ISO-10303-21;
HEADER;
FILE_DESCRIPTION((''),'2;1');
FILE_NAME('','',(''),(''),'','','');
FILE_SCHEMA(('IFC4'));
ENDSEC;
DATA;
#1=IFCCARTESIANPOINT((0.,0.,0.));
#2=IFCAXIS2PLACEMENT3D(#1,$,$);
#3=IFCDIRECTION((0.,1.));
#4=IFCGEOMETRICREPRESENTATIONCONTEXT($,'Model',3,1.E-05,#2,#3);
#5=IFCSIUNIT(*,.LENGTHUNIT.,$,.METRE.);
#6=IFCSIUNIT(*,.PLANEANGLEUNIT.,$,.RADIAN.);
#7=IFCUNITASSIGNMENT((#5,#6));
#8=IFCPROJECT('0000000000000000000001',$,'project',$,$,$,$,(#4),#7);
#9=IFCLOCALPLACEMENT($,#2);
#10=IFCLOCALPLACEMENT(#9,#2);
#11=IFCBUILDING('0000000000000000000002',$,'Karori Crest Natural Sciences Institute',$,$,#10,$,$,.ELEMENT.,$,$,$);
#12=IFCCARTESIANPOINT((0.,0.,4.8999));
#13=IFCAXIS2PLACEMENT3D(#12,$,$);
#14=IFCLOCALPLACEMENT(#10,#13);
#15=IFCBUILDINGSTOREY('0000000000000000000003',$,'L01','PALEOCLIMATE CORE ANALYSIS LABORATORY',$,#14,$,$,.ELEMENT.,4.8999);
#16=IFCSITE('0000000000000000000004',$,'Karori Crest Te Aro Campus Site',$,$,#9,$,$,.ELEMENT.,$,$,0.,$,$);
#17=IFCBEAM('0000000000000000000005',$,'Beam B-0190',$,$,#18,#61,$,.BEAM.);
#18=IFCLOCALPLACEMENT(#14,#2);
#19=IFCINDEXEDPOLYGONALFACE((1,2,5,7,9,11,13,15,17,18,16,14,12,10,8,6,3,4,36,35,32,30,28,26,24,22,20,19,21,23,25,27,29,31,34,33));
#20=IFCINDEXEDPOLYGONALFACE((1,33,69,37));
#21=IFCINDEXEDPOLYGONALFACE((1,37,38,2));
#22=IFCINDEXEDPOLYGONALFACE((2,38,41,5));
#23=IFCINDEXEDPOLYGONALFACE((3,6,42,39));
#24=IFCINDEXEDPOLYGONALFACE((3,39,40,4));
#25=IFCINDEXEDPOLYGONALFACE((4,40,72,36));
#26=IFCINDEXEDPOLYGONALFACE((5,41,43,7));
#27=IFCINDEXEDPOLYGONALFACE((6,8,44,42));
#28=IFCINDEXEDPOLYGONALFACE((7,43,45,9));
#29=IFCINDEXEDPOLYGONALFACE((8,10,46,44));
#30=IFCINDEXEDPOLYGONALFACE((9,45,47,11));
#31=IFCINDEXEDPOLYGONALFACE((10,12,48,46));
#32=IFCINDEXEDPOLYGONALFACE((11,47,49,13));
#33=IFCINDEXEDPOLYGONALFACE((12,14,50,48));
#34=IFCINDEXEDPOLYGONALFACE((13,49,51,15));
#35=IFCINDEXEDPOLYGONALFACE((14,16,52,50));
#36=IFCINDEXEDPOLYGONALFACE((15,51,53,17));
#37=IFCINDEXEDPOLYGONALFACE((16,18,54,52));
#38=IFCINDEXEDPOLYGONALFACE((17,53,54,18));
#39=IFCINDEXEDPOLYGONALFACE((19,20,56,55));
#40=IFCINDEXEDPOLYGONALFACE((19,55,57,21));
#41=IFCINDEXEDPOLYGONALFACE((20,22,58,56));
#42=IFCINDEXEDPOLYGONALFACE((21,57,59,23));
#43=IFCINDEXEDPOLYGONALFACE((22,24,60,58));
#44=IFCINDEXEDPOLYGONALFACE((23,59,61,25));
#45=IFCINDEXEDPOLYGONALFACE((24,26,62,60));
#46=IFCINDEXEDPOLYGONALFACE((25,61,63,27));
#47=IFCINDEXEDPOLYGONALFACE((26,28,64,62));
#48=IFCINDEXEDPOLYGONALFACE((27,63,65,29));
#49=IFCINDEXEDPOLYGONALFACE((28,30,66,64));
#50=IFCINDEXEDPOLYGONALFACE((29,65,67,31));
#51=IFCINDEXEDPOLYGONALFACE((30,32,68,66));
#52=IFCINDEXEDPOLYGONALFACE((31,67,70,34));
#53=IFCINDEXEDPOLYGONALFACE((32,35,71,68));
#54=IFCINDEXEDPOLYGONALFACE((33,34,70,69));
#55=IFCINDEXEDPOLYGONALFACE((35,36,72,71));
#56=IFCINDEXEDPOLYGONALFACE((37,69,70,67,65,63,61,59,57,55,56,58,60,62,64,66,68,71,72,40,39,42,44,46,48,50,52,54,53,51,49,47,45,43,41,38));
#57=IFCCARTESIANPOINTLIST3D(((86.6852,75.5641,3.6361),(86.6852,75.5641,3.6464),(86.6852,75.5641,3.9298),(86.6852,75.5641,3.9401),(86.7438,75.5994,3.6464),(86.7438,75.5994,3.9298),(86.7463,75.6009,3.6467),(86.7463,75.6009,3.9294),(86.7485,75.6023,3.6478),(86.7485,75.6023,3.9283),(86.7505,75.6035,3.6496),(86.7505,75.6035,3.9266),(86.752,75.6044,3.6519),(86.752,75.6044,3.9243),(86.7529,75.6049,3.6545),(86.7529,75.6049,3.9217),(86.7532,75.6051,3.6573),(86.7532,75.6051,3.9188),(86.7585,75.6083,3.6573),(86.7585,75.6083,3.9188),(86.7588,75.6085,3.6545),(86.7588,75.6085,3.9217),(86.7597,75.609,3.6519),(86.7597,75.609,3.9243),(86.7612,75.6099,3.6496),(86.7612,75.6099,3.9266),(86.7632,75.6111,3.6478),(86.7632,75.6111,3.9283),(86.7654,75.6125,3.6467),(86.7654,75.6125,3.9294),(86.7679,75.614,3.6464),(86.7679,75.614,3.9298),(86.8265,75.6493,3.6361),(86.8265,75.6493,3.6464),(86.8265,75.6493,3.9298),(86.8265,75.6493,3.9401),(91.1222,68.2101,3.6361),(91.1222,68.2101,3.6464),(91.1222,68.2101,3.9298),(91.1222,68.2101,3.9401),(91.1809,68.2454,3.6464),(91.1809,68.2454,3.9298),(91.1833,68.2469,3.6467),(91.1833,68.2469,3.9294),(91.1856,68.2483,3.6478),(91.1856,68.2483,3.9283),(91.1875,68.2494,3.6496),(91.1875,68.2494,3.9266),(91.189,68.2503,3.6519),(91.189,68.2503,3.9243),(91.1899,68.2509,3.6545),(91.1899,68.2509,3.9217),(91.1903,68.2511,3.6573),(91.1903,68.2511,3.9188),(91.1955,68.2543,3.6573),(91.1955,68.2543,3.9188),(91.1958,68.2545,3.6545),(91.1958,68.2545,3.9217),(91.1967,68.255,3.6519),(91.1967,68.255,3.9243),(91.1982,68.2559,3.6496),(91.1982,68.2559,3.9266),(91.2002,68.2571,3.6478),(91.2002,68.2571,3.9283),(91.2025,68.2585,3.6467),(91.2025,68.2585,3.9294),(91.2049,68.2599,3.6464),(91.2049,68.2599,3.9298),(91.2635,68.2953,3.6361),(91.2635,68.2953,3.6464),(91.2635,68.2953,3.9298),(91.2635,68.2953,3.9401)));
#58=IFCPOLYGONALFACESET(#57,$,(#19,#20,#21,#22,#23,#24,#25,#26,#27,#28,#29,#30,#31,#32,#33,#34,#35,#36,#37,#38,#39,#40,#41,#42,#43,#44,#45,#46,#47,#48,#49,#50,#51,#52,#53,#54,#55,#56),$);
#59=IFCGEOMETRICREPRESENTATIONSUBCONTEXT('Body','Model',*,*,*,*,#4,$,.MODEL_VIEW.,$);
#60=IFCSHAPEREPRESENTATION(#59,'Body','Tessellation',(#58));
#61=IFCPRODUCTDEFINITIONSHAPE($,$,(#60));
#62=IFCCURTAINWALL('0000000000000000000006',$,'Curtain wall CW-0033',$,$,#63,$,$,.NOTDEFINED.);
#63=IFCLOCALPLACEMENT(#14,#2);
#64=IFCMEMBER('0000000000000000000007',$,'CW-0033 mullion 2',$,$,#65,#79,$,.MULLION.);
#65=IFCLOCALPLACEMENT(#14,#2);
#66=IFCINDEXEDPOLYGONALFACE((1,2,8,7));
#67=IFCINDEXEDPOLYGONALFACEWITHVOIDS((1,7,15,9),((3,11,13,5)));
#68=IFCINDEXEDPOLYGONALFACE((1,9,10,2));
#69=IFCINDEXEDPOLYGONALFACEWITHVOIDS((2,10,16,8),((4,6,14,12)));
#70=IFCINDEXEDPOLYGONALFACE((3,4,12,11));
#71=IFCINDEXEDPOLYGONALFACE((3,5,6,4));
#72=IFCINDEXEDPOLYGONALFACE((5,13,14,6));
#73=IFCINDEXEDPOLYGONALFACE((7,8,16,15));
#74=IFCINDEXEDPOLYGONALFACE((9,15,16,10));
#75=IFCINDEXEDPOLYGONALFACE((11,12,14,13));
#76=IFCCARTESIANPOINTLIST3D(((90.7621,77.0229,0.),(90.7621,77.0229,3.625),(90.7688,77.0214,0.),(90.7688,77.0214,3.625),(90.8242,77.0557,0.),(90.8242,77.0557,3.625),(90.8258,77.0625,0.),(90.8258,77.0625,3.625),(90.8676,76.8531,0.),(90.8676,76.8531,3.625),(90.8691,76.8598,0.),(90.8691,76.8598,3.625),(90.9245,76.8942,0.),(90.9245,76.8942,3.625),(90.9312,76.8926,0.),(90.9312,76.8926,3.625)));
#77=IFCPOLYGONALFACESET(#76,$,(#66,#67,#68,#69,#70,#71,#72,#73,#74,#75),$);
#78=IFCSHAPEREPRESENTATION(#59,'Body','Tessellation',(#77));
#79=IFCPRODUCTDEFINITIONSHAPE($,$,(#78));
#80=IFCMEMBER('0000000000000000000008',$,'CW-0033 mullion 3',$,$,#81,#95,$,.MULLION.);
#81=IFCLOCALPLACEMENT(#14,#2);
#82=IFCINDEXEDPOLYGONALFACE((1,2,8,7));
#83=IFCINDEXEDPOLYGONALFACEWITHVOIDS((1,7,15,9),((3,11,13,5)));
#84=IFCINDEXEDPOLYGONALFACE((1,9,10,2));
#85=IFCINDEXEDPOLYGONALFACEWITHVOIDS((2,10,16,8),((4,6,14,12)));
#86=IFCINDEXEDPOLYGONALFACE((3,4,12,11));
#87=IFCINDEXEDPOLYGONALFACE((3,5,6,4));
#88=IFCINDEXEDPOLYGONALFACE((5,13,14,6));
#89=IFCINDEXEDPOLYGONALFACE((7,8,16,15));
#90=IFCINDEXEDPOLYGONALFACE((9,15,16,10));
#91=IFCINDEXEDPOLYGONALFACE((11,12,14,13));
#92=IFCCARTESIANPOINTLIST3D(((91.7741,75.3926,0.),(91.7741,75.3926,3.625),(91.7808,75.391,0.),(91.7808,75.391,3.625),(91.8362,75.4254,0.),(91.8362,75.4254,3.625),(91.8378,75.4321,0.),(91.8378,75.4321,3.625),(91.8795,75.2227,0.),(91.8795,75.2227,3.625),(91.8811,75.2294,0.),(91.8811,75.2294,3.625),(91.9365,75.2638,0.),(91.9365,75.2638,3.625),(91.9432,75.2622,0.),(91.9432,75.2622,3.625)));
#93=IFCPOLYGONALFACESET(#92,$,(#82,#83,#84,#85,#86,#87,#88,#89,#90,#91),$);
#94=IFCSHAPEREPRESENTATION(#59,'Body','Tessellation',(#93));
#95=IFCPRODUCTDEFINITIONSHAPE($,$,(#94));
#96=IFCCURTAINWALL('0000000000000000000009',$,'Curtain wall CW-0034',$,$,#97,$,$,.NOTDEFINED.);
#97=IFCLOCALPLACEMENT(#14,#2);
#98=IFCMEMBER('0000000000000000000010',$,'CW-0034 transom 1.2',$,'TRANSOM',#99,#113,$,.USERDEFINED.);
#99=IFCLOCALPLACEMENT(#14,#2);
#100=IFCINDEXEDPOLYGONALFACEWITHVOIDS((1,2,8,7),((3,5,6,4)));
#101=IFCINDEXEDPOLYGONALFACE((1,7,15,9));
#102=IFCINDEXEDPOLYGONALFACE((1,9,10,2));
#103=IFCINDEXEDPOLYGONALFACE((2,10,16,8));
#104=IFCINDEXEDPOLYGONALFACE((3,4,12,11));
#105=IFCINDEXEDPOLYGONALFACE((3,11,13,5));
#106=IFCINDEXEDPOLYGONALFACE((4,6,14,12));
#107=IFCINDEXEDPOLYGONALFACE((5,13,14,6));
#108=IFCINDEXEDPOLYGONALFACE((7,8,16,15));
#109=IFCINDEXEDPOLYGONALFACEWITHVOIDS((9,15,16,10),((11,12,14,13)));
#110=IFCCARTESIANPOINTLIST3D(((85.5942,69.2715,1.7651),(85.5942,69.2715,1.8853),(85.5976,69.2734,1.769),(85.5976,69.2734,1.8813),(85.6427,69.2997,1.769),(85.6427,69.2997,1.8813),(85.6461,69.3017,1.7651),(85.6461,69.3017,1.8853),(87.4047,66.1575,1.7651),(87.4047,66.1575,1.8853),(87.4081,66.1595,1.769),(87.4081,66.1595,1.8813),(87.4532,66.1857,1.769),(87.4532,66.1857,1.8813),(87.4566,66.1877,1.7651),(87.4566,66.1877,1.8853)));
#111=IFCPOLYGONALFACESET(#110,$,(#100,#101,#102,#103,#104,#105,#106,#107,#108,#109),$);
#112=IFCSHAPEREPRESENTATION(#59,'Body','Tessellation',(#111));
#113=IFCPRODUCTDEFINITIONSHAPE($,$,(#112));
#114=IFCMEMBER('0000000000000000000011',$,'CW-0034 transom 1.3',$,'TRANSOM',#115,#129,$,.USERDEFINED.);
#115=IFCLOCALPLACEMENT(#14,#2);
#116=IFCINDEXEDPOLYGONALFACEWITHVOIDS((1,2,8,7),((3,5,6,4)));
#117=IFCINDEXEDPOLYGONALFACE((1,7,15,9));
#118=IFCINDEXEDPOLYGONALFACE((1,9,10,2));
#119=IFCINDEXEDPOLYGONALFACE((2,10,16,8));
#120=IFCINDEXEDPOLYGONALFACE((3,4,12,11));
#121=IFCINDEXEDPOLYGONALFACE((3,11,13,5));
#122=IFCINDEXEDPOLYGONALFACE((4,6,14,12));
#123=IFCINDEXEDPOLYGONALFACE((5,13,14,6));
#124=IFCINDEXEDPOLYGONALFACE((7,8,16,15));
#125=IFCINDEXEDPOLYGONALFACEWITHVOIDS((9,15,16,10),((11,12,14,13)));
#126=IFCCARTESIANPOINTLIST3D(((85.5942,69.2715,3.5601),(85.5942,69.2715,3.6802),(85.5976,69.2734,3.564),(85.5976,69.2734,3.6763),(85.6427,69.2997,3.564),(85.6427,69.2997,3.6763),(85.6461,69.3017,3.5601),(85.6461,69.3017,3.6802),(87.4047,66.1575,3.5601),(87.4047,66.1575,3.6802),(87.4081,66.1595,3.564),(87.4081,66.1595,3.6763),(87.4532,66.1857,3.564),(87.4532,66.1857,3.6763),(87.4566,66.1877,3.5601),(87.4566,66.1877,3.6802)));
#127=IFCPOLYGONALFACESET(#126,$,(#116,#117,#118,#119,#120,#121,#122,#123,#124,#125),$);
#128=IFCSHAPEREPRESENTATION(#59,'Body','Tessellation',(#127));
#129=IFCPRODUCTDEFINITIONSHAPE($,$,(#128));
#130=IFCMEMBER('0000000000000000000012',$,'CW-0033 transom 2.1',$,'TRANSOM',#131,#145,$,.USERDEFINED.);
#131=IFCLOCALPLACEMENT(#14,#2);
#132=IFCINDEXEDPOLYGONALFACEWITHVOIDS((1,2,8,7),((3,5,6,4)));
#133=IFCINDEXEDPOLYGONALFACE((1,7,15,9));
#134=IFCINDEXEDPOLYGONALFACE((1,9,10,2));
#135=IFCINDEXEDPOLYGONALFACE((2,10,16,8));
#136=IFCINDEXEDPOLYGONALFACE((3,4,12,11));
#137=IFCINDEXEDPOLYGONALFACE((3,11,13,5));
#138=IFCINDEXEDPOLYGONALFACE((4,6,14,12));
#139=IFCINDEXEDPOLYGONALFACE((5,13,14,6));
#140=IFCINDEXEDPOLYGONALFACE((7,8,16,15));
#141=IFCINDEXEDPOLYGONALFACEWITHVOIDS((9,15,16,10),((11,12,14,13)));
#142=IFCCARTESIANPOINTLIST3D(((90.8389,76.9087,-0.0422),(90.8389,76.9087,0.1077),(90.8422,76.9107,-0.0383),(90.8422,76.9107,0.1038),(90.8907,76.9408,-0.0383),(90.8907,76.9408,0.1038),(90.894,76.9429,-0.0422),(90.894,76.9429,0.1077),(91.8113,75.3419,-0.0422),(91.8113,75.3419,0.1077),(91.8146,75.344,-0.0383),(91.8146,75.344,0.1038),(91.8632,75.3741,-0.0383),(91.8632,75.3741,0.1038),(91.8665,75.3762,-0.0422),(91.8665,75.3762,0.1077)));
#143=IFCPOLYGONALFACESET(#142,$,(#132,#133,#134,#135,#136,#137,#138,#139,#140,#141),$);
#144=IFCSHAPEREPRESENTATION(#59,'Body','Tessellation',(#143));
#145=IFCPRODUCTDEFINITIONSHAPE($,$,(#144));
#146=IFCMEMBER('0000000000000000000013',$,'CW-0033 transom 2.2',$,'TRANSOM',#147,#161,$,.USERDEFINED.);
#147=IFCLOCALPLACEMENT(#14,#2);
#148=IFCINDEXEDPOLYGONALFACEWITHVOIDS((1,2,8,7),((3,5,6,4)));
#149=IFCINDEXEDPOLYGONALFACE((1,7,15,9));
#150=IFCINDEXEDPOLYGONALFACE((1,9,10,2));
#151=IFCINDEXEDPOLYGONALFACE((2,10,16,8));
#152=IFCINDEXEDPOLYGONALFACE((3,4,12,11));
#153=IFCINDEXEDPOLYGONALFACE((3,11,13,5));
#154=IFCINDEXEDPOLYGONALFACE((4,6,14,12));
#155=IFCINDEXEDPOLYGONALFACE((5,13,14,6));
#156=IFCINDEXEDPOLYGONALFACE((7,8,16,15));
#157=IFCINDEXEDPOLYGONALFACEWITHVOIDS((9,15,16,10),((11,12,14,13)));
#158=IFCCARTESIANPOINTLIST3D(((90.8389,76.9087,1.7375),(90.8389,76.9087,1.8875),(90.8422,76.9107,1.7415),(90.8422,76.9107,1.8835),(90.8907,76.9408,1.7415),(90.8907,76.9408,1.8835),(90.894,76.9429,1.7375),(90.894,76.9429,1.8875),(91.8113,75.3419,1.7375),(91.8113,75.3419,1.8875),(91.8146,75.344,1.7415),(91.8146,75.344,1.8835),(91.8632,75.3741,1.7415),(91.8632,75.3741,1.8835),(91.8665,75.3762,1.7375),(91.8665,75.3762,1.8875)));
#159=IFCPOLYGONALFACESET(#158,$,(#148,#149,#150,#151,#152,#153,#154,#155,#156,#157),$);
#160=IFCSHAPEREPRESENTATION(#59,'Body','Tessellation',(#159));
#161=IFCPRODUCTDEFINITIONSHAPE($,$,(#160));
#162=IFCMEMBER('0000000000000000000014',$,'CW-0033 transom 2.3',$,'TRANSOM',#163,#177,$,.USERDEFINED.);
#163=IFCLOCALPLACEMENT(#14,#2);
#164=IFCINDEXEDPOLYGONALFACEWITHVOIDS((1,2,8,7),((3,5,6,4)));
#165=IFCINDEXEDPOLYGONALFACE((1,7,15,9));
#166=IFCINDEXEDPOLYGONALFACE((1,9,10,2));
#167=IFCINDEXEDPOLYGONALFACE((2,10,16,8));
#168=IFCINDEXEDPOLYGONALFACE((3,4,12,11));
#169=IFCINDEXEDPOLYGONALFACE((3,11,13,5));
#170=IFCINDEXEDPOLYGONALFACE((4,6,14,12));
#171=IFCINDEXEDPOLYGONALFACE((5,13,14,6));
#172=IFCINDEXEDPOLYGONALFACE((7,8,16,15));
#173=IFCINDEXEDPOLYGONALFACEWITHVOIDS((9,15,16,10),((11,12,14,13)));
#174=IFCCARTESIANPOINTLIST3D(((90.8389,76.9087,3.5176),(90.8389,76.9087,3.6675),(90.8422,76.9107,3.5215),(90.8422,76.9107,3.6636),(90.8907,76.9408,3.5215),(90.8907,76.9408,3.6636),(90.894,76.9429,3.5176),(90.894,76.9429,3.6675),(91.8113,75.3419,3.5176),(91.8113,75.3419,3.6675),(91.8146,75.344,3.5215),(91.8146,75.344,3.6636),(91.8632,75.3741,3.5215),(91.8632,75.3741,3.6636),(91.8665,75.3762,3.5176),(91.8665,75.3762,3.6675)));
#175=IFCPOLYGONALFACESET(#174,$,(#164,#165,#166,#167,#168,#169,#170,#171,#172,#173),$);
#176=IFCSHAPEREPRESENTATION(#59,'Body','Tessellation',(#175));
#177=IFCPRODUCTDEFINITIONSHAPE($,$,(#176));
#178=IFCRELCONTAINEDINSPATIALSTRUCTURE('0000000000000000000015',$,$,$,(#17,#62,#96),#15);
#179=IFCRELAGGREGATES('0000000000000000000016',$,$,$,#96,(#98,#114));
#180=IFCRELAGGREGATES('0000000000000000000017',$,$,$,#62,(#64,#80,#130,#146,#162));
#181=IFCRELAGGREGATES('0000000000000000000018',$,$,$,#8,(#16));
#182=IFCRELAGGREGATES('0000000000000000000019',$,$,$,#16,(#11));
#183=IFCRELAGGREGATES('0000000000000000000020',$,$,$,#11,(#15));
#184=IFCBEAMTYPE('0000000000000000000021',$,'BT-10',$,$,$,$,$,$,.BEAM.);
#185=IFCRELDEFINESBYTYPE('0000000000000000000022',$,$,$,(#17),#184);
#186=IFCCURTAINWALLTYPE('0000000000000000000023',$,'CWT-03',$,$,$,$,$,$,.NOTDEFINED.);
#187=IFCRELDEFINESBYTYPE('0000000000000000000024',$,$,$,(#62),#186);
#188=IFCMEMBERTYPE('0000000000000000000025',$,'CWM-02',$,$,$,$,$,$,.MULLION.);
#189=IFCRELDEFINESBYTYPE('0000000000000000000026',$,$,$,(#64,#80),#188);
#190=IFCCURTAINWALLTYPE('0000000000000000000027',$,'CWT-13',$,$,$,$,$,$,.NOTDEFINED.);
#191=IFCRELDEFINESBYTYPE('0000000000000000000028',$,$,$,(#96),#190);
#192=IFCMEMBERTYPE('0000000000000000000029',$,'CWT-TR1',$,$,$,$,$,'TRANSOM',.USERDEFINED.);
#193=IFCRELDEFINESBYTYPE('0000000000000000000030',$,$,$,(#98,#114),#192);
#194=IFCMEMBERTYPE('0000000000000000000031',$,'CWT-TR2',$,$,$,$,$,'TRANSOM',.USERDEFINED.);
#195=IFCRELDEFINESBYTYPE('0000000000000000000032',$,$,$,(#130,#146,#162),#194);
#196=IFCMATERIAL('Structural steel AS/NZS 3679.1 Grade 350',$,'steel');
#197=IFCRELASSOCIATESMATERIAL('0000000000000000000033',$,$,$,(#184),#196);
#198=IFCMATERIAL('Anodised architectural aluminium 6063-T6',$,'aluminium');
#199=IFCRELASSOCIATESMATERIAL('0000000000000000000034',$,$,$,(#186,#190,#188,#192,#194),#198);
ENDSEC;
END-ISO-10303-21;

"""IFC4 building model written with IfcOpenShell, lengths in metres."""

from ifc_helpers import new_model, si_unit, direction, frame, origin, origin_2d, place, context, subcontext, project, spatial, hollow_rectangle, i_section, extrude, material, material_profile, profile_set, type_object, element, aggregate, save


model = new_model("IFC4")

# Units and contexts
model_context = context("Model", 3, precision=1e-05, world=origin(), true_north=direction((0.0, 1.0)))
body_context = subcontext(model_context, "Body", "Model", "MODEL_VIEW")
ifc_project = project(units=[si_unit("LENGTHUNIT", "METRE"), si_unit("PLANEANGLEUNIT", "RADIAN")], contexts=[model_context])

# Site, building, storey
site_placement = place(None, origin())
site = spatial("IfcSite", under=ifc_project, at=site_placement, Name="Karori Crest Te Aro Campus Site", CompositionType="ELEMENT", RefElevation=0.0)
building_placement = place(site_placement, origin())
building = spatial("IfcBuilding", under=site, at=building_placement, Name="Karori Crest Natural Sciences Institute", CompositionType="ELEMENT")
storey_placement = place(building_placement, frame((0.0, 0.0, 4.8999)))
storey = spatial("IfcBuildingStorey", under=building, at=storey_placement, Name="L01", Description="PALEOCLIMATE CORE ANALYSIS LABORATORY", CompositionType="ELEMENT", Elevation=4.8999)

# Beam
ifc_material_1 = material(Name="Structural steel AS/NZS 3679.1 Grade 350", Category="steel")
ifc_material_profile_1 = material_profile(ifc_material_1, i_section(OverallWidth=0.165, OverallDepth=0.304, WebThickness=0.0061, FlangeThickness=0.0103, FilletRadius=0.011, at=origin_2d()), Name="310UB40.4")
ifc_profile_set_1 = profile_set([ifc_material_profile_1], Name="Structural steel AS/NZS 3679.1 Grade 350")
beam_type = type_object("IfcBeamType", Name="BT-10", PredefinedType="BEAM", material=ifc_profile_set_1)
beam_placement = place(storey_placement, frame((91.1929, 68.2527, 3.7881), z_axis=(-0.516601, 0.856226, 0.0), x_axis=(-0.856226, -0.516601, 0.0)))
element("IfcBeam", 1, at=beam_placement, inside=storey, type_object=beam_type, Name="Beam B-0190", PredefinedType="BEAM", context=body_context, shape_type="SweptSolid", body=[
    extrude(i_section(OverallWidth=0.165, OverallDepth=0.304, WebThickness=0.0061, FlangeThickness=0.0103, FilletRadius=0.011, at=origin_2d()), origin(), (0.0, 0.0, 1.0), 8.5889),
])

# Curtain walls, members
ifc_material_2 = material(Name="Anodised architectural aluminium 6063-T6", Category="aluminium")
curtain_wall_type_1 = type_object("IfcCurtainWallType", Name="CWT-03", PredefinedType="NOTDEFINED", material=ifc_material_2)
curtain_wall_1_placement = place(storey_placement, origin())
curtain_wall_1 = element("IfcCurtainWall", 2, at=curtain_wall_1_placement, inside=storey, type_object=curtain_wall_type_1, Name="Curtain wall CW-0033", PredefinedType="NOTDEFINED")
ifc_material_profile_2 = material_profile(ifc_material_2, hollow_rectangle(XDim=0.075, YDim=0.2, WallThickness=0.0049, at=origin_2d()), Name="CWM200x75x5")
ifc_profile_set_2 = profile_set([ifc_material_profile_2], Name="Anodised architectural aluminium 6063-T6")
member_type_1 = type_object("IfcMemberType", Name="CWM-02", PredefinedType="MULLION", material=ifc_profile_set_2)
member_1_placement = place(storey_placement, frame((90.8467, 76.9578, 0.0), z_axis=(0.0, 0.0, 1.0), x_axis=(0.849666, 0.527322, 0.0)))
member_1 = element("IfcMember", 3, at=member_1_placement, type_object=member_type_1, Name="CW-0033 mullion 2", PredefinedType="MULLION", context=body_context, shape_type="SweptSolid", body=[
    extrude(hollow_rectangle(XDim=0.075, YDim=0.2, WallThickness=0.0049, at=origin_2d()), origin(), (0.0, 0.0, 1.0), 3.625),
])
member_2_placement = place(storey_placement, frame((91.8586, 75.3274, 0.0), z_axis=(0.0, 0.0, 1.0), x_axis=(0.849666, 0.527322, 0.0)))
member_2 = element("IfcMember", 4, at=member_2_placement, type_object=member_type_1, Name="CW-0033 mullion 3", PredefinedType="MULLION", context=body_context, shape_type="SweptSolid", body=[
    extrude(hollow_rectangle(XDim=0.075, YDim=0.2, WallThickness=0.0049, at=origin_2d()), origin(), (0.0, 0.0, 1.0), 3.625),
])
curtain_wall_type_2 = type_object("IfcCurtainWallType", Name="CWT-13", PredefinedType="NOTDEFINED", material=ifc_material_2)
curtain_wall_2_placement = place(storey_placement, origin())
curtain_wall_2 = element("IfcCurtainWall", 5, at=curtain_wall_2_placement, inside=storey, type_object=curtain_wall_type_2, Name="Curtain wall CW-0034", PredefinedType="NOTDEFINED")
ifc_material_profile_3 = material_profile(ifc_material_2, hollow_rectangle(XDim=0.0601, YDim=0.1201, WallThickness=0.0039, at=origin_2d()), Name="CWT120x60x4")
ifc_profile_set_3 = profile_set([ifc_material_profile_3], Name="Anodised architectural aluminium 6063-T6")
member_type_2 = type_object("IfcMemberType", Name="CWT-TR1", ElementType="TRANSOM", PredefinedType="USERDEFINED", material=ifc_profile_set_3)
member_3_placement = place(storey_placement, frame((87.4307, 66.1726, 1.8252), z_axis=(-0.502636, 0.864498, 0.0), x_axis=(-0.864498, -0.502636, 0.0)))
member_3 = element("IfcMember", 6, at=member_3_placement, type_object=member_type_2, Name="CW-0034 transom 1.2", ObjectType="TRANSOM", PredefinedType="USERDEFINED", context=body_context, shape_type="SweptSolid", body=[
    extrude(hollow_rectangle(XDim=0.0601, YDim=0.1201, WallThickness=0.0039, at=origin_2d()), origin(), (0.0, 0.0, 1.0), 3.6021),
])
member_4_placement = place(storey_placement, frame((87.4307, 66.1726, 3.6201), z_axis=(-0.502636, 0.864498, 0.0), x_axis=(-0.864498, -0.502636, 0.0)))
member_4 = element("IfcMember", 7, at=member_4_placement, type_object=member_type_2, Name="CW-0034 transom 1.3", ObjectType="TRANSOM", PredefinedType="USERDEFINED", context=body_context, shape_type="SweptSolid", body=[
    extrude(hollow_rectangle(XDim=0.0601, YDim=0.1201, WallThickness=0.0039, at=origin_2d()), origin(), (0.0, 0.0, 1.0), 3.6021),
])
aggregate(curtain_wall_2, [member_3, member_4])

# Members
ifc_material_profile_4 = material_profile(ifc_material_2, hollow_rectangle(XDim=0.0649, YDim=0.1499, WallThickness=0.0039, at=origin_2d()), Name="CWT150x65x4")
ifc_profile_set_4 = profile_set([ifc_material_profile_4], Name="Anodised architectural aluminium 6063-T6")
member_type_3 = type_object("IfcMemberType", Name="CWT-TR2", ElementType="TRANSOM", PredefinedType="USERDEFINED", material=ifc_profile_set_4)
member_5_placement = place(storey_placement, frame((90.8665, 76.9258, 0.0327), z_axis=(0.527366, -0.849638, 0.0), x_axis=(0.849638, 0.527366, 0.0)))
member_5 = element("IfcMember", 8, at=member_5_placement, type_object=member_type_3, Name="CW-0033 transom 2.1", ObjectType="TRANSOM", PredefinedType="USERDEFINED", context=body_context, shape_type="SweptSolid", body=[
    extrude(hollow_rectangle(XDim=0.0649, YDim=0.1499, WallThickness=0.0039, at=origin_2d()), origin(), (0.0, 0.0, 1.0), 1.844),
])
member_6_placement = place(storey_placement, frame((90.8665, 76.9258, 1.8125), z_axis=(0.527366, -0.849638, 0.0), x_axis=(0.849638, 0.527366, 0.0)))
member_6 = element("IfcMember", 9, at=member_6_placement, type_object=member_type_3, Name="CW-0033 transom 2.2", ObjectType="TRANSOM", PredefinedType="USERDEFINED", context=body_context, shape_type="SweptSolid", body=[
    extrude(hollow_rectangle(XDim=0.0649, YDim=0.1499, WallThickness=0.0039, at=origin_2d()), origin(), (0.0, 0.0, 1.0), 1.844),
])
member_7_placement = place(storey_placement, frame((90.8665, 76.9258, 3.5925), z_axis=(0.527366, -0.849638, 0.0), x_axis=(0.849638, 0.527366, 0.0)))
member_7 = element("IfcMember", 10, at=member_7_placement, type_object=member_type_3, Name="CW-0033 transom 2.3", ObjectType="TRANSOM", PredefinedType="USERDEFINED", context=body_context, shape_type="SweptSolid", body=[
    extrude(hollow_rectangle(XDim=0.0649, YDim=0.1499, WallThickness=0.0039, at=origin_2d()), origin(), (0.0, 0.0, 1.0), 1.844),
])

aggregate(curtain_wall_1, [member_1, member_2, member_5, member_6, member_7])

save(model, "model.ifc")
